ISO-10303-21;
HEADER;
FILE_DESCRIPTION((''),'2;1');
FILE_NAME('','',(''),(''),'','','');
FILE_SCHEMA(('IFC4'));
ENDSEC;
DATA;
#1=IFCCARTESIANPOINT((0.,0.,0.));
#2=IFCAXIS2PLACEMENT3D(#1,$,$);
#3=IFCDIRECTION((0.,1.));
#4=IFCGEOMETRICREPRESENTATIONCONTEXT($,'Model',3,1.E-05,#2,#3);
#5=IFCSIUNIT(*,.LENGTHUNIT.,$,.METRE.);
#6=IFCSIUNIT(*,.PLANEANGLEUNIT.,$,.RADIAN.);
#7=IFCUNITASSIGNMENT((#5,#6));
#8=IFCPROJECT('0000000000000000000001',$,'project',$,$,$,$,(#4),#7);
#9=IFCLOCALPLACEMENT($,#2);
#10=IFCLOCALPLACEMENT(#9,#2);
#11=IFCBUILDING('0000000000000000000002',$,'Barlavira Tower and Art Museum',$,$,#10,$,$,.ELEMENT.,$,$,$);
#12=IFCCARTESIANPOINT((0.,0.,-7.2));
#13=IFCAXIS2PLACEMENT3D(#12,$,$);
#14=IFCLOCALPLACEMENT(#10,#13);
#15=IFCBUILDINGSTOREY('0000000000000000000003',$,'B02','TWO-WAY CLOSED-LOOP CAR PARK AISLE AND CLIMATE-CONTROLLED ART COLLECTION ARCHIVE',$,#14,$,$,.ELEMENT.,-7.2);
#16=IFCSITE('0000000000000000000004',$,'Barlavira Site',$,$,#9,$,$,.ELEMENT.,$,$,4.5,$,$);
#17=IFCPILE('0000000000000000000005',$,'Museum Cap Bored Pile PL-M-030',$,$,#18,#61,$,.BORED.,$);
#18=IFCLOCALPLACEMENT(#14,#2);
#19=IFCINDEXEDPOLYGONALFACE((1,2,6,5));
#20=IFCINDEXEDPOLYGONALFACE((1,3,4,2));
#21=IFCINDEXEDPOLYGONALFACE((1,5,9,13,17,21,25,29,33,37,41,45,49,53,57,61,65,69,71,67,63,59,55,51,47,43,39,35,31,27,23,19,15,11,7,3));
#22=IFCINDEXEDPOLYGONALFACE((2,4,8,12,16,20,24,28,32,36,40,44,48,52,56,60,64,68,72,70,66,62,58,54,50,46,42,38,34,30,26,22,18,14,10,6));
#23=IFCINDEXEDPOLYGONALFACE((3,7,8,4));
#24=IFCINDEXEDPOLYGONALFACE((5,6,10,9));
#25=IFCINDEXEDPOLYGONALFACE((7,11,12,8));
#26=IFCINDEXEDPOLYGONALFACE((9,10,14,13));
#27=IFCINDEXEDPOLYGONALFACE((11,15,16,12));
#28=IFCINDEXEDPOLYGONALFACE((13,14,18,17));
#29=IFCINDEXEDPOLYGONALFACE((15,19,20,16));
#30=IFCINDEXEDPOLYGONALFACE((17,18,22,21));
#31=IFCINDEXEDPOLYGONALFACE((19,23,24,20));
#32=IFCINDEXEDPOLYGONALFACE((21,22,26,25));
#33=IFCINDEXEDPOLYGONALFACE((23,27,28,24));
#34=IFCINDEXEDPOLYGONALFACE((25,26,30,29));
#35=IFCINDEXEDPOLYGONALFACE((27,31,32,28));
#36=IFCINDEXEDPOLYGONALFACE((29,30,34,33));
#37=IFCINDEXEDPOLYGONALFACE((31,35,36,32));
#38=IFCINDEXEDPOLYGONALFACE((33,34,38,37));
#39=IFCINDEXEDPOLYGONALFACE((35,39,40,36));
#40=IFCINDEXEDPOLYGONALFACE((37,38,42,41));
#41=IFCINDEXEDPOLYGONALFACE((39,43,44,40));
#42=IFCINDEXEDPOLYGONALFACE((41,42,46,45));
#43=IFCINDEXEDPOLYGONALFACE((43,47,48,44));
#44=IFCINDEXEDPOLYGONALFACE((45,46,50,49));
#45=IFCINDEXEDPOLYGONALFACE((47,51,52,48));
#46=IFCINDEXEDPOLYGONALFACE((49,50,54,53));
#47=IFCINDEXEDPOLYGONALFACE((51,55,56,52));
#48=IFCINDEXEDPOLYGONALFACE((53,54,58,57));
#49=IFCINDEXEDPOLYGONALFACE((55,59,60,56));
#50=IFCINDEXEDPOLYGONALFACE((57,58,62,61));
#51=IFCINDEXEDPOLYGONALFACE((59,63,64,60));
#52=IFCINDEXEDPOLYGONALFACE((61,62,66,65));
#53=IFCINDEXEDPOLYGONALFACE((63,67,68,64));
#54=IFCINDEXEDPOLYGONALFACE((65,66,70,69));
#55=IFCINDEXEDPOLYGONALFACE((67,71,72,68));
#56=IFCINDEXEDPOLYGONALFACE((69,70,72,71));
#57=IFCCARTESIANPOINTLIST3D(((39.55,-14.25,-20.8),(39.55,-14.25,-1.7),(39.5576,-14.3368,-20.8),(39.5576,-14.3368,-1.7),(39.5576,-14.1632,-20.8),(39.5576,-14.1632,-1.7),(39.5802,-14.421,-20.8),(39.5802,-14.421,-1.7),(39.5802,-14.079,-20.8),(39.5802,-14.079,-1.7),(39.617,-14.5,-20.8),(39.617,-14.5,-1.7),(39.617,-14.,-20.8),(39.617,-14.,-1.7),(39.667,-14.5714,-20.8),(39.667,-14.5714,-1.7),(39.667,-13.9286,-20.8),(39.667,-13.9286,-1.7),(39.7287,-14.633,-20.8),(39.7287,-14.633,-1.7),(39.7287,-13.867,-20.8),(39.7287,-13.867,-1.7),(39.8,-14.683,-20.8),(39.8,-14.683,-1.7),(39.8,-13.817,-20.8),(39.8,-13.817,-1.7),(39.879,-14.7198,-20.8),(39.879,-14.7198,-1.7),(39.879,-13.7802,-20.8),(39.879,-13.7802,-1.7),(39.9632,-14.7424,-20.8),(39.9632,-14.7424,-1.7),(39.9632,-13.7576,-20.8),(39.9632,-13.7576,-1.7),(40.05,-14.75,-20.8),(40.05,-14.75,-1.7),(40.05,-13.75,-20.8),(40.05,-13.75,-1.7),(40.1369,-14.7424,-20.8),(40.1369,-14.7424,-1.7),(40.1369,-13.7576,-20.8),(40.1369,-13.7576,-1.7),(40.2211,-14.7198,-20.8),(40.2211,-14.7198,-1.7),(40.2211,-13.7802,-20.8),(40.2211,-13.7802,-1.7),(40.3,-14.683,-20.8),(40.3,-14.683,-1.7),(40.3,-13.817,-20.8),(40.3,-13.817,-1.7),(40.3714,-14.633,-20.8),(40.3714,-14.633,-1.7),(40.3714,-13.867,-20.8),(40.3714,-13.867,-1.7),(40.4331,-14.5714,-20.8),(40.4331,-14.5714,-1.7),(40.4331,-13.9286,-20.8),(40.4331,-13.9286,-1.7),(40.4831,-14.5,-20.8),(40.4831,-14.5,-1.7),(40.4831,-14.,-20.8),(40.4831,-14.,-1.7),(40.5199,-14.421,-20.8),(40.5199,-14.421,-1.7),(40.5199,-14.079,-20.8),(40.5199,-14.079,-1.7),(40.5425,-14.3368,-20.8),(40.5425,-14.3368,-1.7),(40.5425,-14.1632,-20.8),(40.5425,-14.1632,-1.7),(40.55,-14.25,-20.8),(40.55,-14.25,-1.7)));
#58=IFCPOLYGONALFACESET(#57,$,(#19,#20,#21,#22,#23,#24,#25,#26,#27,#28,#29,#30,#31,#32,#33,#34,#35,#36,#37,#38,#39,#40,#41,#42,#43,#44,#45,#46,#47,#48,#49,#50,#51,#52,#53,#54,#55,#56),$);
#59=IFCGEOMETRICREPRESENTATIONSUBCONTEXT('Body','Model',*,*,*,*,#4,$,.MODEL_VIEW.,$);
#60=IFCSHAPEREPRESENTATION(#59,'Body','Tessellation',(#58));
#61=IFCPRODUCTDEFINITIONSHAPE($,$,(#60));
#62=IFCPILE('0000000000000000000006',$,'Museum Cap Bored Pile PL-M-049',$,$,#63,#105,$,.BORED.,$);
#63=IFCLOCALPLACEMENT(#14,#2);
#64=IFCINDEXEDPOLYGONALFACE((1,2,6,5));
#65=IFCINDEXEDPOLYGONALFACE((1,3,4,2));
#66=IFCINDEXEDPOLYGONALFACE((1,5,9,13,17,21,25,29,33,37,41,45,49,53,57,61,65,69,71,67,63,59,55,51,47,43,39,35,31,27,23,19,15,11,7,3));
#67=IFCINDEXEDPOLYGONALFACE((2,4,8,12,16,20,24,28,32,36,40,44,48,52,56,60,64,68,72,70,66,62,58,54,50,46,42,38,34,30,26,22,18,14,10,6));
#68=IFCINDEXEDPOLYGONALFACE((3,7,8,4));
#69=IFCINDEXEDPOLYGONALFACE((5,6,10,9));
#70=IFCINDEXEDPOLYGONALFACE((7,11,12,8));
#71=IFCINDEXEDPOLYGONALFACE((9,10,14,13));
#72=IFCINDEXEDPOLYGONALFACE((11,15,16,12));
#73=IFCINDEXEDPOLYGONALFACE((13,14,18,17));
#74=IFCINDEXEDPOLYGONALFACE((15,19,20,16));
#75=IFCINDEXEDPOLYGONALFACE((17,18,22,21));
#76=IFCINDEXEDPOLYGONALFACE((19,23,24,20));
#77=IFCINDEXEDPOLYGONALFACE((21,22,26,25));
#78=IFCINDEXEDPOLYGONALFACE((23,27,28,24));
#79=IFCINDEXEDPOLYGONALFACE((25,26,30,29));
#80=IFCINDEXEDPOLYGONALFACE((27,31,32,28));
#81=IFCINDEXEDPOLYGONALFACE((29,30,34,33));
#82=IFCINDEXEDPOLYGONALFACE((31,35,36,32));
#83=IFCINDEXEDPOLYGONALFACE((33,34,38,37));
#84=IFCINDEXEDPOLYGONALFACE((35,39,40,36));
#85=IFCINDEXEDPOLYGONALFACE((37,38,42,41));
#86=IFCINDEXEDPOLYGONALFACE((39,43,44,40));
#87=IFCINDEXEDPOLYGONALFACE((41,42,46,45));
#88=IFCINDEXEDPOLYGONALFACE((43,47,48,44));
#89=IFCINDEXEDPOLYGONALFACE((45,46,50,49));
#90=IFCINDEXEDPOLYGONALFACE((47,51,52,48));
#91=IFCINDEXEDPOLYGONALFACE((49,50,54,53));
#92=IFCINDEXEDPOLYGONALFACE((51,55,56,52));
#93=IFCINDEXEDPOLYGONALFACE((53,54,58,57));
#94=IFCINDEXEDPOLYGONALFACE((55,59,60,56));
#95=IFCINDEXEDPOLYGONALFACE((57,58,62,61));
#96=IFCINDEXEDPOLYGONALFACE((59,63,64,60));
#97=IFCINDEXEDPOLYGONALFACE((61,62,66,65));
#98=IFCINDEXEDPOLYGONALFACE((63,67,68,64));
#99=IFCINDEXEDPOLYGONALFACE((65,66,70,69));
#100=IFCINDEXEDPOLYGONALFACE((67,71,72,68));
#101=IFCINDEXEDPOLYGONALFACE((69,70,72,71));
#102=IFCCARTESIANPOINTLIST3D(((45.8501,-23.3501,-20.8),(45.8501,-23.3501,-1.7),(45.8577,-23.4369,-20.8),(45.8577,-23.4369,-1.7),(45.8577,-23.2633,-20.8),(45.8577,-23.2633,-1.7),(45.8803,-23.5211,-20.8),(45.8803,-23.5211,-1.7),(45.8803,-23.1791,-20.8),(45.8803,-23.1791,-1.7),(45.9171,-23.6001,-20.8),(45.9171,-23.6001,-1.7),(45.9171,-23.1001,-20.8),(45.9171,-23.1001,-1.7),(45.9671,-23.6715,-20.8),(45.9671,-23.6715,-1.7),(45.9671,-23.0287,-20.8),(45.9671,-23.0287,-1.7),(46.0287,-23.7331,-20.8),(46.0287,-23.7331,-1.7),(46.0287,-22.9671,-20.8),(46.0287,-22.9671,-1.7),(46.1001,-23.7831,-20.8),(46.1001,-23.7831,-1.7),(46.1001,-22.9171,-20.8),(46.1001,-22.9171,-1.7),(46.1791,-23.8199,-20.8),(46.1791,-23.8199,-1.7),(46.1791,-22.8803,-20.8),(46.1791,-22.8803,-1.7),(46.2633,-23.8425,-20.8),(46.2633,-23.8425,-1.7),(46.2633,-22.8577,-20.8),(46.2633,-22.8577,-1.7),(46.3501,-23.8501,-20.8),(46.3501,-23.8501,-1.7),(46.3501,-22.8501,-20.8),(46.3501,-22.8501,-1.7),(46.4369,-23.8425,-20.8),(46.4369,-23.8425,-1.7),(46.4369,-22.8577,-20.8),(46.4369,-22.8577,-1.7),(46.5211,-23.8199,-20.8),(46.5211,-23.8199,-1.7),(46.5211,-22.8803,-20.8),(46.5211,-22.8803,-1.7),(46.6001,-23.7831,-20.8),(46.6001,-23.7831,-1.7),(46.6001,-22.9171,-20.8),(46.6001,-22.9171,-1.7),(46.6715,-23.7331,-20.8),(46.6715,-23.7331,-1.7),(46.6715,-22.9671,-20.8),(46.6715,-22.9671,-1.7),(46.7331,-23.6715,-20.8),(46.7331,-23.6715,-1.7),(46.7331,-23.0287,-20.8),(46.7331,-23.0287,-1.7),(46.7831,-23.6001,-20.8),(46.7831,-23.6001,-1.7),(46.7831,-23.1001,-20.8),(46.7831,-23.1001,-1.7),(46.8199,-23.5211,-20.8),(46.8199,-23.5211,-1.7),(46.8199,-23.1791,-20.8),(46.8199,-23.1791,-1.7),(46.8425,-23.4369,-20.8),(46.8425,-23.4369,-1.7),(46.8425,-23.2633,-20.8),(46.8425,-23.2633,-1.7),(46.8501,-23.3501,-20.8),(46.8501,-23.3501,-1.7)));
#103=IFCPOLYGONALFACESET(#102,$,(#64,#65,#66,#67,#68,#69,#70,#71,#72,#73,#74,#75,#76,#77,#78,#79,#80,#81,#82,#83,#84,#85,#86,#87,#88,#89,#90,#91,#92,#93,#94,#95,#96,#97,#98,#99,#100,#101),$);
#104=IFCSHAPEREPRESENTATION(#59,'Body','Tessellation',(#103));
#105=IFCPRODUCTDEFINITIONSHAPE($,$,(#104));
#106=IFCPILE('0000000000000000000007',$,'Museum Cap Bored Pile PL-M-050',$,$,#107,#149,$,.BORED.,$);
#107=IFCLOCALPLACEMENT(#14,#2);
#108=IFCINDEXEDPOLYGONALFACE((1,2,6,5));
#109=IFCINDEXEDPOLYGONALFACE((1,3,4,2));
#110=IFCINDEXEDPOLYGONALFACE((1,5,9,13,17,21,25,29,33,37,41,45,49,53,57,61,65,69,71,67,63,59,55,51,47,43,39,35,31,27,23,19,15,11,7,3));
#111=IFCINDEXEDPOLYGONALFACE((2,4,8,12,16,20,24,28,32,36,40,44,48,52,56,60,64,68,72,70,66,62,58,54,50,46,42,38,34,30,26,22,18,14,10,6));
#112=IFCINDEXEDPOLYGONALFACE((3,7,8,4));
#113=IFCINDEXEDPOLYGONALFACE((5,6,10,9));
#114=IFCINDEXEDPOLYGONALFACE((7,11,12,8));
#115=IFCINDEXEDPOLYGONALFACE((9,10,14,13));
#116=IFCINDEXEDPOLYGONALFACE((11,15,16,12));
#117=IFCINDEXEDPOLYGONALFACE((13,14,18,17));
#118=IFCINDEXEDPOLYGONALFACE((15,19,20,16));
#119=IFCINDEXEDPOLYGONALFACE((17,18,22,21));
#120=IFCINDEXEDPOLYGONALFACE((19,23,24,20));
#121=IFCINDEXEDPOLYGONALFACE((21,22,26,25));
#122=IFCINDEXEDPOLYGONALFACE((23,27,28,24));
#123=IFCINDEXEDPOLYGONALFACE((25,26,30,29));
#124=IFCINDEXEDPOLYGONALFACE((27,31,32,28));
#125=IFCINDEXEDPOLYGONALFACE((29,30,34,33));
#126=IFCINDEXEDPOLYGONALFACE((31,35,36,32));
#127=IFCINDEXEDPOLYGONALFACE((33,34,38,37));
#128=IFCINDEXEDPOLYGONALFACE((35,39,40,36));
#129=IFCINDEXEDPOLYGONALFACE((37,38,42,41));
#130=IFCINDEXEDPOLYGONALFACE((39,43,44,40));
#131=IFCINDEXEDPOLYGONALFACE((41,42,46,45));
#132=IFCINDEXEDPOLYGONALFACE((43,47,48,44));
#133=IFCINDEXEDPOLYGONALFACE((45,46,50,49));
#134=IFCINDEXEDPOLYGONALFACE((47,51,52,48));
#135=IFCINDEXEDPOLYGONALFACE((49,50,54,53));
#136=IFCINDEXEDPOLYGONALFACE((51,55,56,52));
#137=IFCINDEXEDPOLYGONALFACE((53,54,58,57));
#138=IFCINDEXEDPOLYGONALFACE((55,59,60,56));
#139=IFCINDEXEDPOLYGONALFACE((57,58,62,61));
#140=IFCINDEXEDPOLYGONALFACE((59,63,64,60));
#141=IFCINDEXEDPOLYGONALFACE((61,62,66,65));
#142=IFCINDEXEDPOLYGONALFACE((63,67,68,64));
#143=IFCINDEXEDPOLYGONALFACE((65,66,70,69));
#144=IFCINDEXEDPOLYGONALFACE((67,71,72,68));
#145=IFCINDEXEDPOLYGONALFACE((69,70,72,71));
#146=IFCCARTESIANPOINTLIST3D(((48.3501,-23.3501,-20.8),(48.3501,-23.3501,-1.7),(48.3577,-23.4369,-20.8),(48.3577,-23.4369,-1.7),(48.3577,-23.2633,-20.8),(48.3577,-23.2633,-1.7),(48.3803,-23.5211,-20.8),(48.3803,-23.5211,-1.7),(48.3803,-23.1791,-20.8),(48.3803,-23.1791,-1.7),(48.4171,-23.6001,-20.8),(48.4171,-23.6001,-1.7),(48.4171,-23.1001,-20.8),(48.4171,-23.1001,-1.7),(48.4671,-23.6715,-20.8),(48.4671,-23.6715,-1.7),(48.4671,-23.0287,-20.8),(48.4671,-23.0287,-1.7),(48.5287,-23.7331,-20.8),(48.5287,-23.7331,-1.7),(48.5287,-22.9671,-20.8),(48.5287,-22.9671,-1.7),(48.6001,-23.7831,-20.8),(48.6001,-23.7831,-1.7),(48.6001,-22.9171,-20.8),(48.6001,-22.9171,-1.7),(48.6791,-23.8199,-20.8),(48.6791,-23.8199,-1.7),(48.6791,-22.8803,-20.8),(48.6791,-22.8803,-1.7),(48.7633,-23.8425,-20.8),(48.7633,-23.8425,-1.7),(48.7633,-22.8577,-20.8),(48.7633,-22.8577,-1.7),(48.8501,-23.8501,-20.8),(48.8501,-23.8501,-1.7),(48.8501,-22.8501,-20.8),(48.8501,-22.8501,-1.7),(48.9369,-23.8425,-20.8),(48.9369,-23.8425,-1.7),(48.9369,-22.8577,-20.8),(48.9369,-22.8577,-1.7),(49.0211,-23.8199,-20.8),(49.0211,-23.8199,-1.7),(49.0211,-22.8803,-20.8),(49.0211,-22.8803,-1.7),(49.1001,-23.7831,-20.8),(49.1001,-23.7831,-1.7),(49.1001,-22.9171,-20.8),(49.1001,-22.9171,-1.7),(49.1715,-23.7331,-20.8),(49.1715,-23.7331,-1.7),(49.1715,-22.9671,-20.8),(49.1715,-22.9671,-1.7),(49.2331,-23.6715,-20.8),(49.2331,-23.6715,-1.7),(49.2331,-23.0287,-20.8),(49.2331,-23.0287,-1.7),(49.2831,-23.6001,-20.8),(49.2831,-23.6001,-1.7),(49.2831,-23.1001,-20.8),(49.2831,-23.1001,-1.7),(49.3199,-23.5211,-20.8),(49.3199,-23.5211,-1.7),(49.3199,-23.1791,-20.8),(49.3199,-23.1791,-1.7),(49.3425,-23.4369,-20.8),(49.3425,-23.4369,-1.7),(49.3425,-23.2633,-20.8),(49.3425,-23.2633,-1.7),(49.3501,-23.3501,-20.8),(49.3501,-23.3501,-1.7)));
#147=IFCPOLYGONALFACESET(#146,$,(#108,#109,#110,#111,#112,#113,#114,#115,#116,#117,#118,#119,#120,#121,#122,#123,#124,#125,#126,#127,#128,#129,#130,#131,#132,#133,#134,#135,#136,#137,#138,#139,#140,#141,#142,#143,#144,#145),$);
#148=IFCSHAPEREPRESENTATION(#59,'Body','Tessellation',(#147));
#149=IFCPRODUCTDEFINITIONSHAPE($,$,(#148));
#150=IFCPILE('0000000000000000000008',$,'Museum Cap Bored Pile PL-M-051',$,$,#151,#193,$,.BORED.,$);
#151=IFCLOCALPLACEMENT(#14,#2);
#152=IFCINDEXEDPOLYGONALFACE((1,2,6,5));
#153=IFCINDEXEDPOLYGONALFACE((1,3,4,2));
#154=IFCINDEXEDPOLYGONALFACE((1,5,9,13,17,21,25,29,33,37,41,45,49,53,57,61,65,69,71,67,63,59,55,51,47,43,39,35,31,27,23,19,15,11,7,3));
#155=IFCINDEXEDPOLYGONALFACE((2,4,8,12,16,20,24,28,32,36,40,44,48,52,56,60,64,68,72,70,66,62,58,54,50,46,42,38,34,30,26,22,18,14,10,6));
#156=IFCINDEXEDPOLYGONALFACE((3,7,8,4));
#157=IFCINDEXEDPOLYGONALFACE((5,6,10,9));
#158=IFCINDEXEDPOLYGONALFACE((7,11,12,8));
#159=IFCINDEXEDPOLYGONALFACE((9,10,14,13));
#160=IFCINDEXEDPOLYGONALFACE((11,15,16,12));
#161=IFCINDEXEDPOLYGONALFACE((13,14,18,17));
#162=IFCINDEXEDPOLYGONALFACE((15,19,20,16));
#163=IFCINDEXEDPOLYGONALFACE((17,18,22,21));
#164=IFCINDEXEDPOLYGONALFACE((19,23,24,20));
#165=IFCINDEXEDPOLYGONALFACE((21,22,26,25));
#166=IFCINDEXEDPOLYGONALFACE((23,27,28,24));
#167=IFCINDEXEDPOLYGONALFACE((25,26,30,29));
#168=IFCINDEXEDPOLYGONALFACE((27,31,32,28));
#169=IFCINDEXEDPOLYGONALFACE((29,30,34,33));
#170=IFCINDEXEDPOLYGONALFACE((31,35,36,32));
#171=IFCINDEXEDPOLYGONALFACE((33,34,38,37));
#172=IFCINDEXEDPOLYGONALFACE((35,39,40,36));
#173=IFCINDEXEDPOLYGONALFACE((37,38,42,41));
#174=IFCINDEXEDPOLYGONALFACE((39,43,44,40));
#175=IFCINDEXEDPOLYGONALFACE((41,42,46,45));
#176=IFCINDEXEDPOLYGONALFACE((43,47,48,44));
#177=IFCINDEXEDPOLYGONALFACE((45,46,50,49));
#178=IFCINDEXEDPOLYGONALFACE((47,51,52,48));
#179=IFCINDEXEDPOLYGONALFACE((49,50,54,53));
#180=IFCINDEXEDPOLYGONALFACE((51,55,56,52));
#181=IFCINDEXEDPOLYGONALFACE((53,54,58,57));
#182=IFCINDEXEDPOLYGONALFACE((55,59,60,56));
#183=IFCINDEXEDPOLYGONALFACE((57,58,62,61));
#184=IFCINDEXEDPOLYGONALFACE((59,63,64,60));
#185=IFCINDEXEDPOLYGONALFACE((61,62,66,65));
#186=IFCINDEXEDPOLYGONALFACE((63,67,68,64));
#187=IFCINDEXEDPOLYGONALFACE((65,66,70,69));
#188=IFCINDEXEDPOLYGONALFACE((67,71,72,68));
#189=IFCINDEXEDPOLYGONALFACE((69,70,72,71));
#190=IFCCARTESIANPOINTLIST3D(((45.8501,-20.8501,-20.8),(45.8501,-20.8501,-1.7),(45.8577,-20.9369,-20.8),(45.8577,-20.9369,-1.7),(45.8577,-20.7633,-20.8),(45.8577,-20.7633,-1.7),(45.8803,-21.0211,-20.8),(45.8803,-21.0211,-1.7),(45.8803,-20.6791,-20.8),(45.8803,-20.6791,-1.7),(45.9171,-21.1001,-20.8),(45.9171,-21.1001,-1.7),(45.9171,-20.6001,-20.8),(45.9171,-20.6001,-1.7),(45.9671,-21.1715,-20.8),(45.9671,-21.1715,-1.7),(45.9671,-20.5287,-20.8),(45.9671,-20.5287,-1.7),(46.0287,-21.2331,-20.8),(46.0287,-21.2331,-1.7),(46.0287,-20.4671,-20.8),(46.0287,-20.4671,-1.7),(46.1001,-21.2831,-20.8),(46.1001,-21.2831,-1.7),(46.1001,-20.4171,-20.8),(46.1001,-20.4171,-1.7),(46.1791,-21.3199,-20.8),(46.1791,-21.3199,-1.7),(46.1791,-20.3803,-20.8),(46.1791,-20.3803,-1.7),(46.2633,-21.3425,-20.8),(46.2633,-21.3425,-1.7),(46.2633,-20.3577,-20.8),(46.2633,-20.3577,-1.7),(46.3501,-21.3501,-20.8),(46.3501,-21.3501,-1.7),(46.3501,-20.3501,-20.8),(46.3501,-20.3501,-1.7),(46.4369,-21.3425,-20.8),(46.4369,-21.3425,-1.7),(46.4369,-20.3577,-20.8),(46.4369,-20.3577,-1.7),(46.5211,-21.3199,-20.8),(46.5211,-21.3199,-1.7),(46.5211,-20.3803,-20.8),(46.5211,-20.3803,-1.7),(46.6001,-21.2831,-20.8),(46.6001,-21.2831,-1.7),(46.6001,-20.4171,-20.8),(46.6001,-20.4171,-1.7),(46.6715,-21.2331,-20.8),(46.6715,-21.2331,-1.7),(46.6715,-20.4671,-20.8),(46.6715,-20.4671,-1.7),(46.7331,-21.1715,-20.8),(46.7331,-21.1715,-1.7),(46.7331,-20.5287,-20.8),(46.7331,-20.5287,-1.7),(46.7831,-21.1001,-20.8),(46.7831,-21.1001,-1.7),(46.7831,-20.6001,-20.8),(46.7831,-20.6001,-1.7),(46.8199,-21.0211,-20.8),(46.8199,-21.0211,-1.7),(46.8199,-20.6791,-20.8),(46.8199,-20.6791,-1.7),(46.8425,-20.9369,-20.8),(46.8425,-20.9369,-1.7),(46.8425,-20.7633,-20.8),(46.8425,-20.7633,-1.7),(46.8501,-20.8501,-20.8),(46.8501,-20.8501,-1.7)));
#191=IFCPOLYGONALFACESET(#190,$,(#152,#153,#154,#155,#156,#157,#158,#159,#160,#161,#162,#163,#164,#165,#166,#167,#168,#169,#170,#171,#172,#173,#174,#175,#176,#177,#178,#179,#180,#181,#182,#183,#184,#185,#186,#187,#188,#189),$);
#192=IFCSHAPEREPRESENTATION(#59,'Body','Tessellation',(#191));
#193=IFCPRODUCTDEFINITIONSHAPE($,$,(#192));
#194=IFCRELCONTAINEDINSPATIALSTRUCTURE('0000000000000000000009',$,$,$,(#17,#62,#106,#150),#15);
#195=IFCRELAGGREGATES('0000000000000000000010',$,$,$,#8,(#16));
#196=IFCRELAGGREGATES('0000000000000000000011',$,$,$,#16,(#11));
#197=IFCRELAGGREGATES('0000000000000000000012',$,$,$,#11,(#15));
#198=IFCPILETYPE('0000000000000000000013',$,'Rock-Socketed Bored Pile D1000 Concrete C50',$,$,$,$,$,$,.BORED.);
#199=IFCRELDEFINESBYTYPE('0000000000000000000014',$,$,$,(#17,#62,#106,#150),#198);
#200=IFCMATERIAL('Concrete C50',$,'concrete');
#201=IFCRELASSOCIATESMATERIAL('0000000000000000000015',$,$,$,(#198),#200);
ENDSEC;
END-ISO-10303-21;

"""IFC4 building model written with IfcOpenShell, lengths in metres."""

from ifc_helpers import new_model, si_unit, direction, frame, origin, origin_2d, place, context, subcontext, project, spatial, circle, extrude, material, material_profile, profile_set, type_object, element, save


model = new_model("IFC4")

# Units and contexts
model_context = context("Model", 3, precision=1e-05, world=origin(), true_north=direction((0.0, 1.0)))
body_context = subcontext(model_context, "Body", "Model", "MODEL_VIEW")
ifc_project = project(units=[si_unit("LENGTHUNIT", "METRE"), si_unit("PLANEANGLEUNIT", "RADIAN")], contexts=[model_context])

# Site, building, storey
site_placement = place(None, origin())
site = spatial("IfcSite", under=ifc_project, at=site_placement, Name="Barlavira Site", CompositionType="ELEMENT", RefElevation=4.5)
building_placement = place(site_placement, origin())
building = spatial("IfcBuilding", under=site, at=building_placement, Name="Barlavira Tower and Art Museum", CompositionType="ELEMENT")
storey_placement = place(building_placement, frame((0.0, 0.0, -7.2)))
storey = spatial("IfcBuildingStorey", under=building, at=storey_placement, Name="B02", Description="TWO-WAY CLOSED-LOOP CAR PARK AISLE AND CLIMATE-CONTROLLED ART COLLECTION ARCHIVE", CompositionType="ELEMENT", Elevation=-7.2)

# Shared definitions
ifc_material = material(Name="Concrete C50", Category="concrete")

# Piles
ifc_material_profile_1 = material_profile(ifc_material, circle(Radius=0.5, at=origin_2d()), Name="BORED PILE D1000")
ifc_profile_set_1 = profile_set([ifc_material_profile_1], Name="Concrete C50")
pile_type = type_object("IfcPileType", Name="Rock-Socketed Bored Pile D1000 Concrete C50", PredefinedType="BORED", material=ifc_profile_set_1)
for number, where, z_axis, x_axis, name in (
    (1, (40.05, -14.25, -1.7), (0.0, 0.0, -1.0), (1.0, 0.0, 0.0), "Museum Cap Bored Pile PL-M-030"),
    (2, (46.3501, -23.3501, -1.7), (0.0, 0.0, -1.0), (1.0, 0.0, 0.0), "Museum Cap Bored Pile PL-M-049"),
    (3, (48.8501, -23.3501, -1.7), (0.0, 0.0, -1.0), (1.0, 0.0, 0.0), "Museum Cap Bored Pile PL-M-050"),
    (4, (46.3501, -20.8501, -1.7), (0.0, 0.0, -1.0), (1.0, 0.0, 0.0), "Museum Cap Bored Pile PL-M-051"),
):
    element("IfcPile", number, at=place(storey_placement, frame(where, z_axis=z_axis, x_axis=x_axis)), inside=storey, type_object=pile_type, Name=name, PredefinedType="BORED", context=body_context, shape_type="SweptSolid", body=[
        extrude(circle(Radius=0.5, at=origin_2d()), origin(), (0.0, 0.0, 1.0), 19.1001),
    ])

save(model, "model.ifc")
